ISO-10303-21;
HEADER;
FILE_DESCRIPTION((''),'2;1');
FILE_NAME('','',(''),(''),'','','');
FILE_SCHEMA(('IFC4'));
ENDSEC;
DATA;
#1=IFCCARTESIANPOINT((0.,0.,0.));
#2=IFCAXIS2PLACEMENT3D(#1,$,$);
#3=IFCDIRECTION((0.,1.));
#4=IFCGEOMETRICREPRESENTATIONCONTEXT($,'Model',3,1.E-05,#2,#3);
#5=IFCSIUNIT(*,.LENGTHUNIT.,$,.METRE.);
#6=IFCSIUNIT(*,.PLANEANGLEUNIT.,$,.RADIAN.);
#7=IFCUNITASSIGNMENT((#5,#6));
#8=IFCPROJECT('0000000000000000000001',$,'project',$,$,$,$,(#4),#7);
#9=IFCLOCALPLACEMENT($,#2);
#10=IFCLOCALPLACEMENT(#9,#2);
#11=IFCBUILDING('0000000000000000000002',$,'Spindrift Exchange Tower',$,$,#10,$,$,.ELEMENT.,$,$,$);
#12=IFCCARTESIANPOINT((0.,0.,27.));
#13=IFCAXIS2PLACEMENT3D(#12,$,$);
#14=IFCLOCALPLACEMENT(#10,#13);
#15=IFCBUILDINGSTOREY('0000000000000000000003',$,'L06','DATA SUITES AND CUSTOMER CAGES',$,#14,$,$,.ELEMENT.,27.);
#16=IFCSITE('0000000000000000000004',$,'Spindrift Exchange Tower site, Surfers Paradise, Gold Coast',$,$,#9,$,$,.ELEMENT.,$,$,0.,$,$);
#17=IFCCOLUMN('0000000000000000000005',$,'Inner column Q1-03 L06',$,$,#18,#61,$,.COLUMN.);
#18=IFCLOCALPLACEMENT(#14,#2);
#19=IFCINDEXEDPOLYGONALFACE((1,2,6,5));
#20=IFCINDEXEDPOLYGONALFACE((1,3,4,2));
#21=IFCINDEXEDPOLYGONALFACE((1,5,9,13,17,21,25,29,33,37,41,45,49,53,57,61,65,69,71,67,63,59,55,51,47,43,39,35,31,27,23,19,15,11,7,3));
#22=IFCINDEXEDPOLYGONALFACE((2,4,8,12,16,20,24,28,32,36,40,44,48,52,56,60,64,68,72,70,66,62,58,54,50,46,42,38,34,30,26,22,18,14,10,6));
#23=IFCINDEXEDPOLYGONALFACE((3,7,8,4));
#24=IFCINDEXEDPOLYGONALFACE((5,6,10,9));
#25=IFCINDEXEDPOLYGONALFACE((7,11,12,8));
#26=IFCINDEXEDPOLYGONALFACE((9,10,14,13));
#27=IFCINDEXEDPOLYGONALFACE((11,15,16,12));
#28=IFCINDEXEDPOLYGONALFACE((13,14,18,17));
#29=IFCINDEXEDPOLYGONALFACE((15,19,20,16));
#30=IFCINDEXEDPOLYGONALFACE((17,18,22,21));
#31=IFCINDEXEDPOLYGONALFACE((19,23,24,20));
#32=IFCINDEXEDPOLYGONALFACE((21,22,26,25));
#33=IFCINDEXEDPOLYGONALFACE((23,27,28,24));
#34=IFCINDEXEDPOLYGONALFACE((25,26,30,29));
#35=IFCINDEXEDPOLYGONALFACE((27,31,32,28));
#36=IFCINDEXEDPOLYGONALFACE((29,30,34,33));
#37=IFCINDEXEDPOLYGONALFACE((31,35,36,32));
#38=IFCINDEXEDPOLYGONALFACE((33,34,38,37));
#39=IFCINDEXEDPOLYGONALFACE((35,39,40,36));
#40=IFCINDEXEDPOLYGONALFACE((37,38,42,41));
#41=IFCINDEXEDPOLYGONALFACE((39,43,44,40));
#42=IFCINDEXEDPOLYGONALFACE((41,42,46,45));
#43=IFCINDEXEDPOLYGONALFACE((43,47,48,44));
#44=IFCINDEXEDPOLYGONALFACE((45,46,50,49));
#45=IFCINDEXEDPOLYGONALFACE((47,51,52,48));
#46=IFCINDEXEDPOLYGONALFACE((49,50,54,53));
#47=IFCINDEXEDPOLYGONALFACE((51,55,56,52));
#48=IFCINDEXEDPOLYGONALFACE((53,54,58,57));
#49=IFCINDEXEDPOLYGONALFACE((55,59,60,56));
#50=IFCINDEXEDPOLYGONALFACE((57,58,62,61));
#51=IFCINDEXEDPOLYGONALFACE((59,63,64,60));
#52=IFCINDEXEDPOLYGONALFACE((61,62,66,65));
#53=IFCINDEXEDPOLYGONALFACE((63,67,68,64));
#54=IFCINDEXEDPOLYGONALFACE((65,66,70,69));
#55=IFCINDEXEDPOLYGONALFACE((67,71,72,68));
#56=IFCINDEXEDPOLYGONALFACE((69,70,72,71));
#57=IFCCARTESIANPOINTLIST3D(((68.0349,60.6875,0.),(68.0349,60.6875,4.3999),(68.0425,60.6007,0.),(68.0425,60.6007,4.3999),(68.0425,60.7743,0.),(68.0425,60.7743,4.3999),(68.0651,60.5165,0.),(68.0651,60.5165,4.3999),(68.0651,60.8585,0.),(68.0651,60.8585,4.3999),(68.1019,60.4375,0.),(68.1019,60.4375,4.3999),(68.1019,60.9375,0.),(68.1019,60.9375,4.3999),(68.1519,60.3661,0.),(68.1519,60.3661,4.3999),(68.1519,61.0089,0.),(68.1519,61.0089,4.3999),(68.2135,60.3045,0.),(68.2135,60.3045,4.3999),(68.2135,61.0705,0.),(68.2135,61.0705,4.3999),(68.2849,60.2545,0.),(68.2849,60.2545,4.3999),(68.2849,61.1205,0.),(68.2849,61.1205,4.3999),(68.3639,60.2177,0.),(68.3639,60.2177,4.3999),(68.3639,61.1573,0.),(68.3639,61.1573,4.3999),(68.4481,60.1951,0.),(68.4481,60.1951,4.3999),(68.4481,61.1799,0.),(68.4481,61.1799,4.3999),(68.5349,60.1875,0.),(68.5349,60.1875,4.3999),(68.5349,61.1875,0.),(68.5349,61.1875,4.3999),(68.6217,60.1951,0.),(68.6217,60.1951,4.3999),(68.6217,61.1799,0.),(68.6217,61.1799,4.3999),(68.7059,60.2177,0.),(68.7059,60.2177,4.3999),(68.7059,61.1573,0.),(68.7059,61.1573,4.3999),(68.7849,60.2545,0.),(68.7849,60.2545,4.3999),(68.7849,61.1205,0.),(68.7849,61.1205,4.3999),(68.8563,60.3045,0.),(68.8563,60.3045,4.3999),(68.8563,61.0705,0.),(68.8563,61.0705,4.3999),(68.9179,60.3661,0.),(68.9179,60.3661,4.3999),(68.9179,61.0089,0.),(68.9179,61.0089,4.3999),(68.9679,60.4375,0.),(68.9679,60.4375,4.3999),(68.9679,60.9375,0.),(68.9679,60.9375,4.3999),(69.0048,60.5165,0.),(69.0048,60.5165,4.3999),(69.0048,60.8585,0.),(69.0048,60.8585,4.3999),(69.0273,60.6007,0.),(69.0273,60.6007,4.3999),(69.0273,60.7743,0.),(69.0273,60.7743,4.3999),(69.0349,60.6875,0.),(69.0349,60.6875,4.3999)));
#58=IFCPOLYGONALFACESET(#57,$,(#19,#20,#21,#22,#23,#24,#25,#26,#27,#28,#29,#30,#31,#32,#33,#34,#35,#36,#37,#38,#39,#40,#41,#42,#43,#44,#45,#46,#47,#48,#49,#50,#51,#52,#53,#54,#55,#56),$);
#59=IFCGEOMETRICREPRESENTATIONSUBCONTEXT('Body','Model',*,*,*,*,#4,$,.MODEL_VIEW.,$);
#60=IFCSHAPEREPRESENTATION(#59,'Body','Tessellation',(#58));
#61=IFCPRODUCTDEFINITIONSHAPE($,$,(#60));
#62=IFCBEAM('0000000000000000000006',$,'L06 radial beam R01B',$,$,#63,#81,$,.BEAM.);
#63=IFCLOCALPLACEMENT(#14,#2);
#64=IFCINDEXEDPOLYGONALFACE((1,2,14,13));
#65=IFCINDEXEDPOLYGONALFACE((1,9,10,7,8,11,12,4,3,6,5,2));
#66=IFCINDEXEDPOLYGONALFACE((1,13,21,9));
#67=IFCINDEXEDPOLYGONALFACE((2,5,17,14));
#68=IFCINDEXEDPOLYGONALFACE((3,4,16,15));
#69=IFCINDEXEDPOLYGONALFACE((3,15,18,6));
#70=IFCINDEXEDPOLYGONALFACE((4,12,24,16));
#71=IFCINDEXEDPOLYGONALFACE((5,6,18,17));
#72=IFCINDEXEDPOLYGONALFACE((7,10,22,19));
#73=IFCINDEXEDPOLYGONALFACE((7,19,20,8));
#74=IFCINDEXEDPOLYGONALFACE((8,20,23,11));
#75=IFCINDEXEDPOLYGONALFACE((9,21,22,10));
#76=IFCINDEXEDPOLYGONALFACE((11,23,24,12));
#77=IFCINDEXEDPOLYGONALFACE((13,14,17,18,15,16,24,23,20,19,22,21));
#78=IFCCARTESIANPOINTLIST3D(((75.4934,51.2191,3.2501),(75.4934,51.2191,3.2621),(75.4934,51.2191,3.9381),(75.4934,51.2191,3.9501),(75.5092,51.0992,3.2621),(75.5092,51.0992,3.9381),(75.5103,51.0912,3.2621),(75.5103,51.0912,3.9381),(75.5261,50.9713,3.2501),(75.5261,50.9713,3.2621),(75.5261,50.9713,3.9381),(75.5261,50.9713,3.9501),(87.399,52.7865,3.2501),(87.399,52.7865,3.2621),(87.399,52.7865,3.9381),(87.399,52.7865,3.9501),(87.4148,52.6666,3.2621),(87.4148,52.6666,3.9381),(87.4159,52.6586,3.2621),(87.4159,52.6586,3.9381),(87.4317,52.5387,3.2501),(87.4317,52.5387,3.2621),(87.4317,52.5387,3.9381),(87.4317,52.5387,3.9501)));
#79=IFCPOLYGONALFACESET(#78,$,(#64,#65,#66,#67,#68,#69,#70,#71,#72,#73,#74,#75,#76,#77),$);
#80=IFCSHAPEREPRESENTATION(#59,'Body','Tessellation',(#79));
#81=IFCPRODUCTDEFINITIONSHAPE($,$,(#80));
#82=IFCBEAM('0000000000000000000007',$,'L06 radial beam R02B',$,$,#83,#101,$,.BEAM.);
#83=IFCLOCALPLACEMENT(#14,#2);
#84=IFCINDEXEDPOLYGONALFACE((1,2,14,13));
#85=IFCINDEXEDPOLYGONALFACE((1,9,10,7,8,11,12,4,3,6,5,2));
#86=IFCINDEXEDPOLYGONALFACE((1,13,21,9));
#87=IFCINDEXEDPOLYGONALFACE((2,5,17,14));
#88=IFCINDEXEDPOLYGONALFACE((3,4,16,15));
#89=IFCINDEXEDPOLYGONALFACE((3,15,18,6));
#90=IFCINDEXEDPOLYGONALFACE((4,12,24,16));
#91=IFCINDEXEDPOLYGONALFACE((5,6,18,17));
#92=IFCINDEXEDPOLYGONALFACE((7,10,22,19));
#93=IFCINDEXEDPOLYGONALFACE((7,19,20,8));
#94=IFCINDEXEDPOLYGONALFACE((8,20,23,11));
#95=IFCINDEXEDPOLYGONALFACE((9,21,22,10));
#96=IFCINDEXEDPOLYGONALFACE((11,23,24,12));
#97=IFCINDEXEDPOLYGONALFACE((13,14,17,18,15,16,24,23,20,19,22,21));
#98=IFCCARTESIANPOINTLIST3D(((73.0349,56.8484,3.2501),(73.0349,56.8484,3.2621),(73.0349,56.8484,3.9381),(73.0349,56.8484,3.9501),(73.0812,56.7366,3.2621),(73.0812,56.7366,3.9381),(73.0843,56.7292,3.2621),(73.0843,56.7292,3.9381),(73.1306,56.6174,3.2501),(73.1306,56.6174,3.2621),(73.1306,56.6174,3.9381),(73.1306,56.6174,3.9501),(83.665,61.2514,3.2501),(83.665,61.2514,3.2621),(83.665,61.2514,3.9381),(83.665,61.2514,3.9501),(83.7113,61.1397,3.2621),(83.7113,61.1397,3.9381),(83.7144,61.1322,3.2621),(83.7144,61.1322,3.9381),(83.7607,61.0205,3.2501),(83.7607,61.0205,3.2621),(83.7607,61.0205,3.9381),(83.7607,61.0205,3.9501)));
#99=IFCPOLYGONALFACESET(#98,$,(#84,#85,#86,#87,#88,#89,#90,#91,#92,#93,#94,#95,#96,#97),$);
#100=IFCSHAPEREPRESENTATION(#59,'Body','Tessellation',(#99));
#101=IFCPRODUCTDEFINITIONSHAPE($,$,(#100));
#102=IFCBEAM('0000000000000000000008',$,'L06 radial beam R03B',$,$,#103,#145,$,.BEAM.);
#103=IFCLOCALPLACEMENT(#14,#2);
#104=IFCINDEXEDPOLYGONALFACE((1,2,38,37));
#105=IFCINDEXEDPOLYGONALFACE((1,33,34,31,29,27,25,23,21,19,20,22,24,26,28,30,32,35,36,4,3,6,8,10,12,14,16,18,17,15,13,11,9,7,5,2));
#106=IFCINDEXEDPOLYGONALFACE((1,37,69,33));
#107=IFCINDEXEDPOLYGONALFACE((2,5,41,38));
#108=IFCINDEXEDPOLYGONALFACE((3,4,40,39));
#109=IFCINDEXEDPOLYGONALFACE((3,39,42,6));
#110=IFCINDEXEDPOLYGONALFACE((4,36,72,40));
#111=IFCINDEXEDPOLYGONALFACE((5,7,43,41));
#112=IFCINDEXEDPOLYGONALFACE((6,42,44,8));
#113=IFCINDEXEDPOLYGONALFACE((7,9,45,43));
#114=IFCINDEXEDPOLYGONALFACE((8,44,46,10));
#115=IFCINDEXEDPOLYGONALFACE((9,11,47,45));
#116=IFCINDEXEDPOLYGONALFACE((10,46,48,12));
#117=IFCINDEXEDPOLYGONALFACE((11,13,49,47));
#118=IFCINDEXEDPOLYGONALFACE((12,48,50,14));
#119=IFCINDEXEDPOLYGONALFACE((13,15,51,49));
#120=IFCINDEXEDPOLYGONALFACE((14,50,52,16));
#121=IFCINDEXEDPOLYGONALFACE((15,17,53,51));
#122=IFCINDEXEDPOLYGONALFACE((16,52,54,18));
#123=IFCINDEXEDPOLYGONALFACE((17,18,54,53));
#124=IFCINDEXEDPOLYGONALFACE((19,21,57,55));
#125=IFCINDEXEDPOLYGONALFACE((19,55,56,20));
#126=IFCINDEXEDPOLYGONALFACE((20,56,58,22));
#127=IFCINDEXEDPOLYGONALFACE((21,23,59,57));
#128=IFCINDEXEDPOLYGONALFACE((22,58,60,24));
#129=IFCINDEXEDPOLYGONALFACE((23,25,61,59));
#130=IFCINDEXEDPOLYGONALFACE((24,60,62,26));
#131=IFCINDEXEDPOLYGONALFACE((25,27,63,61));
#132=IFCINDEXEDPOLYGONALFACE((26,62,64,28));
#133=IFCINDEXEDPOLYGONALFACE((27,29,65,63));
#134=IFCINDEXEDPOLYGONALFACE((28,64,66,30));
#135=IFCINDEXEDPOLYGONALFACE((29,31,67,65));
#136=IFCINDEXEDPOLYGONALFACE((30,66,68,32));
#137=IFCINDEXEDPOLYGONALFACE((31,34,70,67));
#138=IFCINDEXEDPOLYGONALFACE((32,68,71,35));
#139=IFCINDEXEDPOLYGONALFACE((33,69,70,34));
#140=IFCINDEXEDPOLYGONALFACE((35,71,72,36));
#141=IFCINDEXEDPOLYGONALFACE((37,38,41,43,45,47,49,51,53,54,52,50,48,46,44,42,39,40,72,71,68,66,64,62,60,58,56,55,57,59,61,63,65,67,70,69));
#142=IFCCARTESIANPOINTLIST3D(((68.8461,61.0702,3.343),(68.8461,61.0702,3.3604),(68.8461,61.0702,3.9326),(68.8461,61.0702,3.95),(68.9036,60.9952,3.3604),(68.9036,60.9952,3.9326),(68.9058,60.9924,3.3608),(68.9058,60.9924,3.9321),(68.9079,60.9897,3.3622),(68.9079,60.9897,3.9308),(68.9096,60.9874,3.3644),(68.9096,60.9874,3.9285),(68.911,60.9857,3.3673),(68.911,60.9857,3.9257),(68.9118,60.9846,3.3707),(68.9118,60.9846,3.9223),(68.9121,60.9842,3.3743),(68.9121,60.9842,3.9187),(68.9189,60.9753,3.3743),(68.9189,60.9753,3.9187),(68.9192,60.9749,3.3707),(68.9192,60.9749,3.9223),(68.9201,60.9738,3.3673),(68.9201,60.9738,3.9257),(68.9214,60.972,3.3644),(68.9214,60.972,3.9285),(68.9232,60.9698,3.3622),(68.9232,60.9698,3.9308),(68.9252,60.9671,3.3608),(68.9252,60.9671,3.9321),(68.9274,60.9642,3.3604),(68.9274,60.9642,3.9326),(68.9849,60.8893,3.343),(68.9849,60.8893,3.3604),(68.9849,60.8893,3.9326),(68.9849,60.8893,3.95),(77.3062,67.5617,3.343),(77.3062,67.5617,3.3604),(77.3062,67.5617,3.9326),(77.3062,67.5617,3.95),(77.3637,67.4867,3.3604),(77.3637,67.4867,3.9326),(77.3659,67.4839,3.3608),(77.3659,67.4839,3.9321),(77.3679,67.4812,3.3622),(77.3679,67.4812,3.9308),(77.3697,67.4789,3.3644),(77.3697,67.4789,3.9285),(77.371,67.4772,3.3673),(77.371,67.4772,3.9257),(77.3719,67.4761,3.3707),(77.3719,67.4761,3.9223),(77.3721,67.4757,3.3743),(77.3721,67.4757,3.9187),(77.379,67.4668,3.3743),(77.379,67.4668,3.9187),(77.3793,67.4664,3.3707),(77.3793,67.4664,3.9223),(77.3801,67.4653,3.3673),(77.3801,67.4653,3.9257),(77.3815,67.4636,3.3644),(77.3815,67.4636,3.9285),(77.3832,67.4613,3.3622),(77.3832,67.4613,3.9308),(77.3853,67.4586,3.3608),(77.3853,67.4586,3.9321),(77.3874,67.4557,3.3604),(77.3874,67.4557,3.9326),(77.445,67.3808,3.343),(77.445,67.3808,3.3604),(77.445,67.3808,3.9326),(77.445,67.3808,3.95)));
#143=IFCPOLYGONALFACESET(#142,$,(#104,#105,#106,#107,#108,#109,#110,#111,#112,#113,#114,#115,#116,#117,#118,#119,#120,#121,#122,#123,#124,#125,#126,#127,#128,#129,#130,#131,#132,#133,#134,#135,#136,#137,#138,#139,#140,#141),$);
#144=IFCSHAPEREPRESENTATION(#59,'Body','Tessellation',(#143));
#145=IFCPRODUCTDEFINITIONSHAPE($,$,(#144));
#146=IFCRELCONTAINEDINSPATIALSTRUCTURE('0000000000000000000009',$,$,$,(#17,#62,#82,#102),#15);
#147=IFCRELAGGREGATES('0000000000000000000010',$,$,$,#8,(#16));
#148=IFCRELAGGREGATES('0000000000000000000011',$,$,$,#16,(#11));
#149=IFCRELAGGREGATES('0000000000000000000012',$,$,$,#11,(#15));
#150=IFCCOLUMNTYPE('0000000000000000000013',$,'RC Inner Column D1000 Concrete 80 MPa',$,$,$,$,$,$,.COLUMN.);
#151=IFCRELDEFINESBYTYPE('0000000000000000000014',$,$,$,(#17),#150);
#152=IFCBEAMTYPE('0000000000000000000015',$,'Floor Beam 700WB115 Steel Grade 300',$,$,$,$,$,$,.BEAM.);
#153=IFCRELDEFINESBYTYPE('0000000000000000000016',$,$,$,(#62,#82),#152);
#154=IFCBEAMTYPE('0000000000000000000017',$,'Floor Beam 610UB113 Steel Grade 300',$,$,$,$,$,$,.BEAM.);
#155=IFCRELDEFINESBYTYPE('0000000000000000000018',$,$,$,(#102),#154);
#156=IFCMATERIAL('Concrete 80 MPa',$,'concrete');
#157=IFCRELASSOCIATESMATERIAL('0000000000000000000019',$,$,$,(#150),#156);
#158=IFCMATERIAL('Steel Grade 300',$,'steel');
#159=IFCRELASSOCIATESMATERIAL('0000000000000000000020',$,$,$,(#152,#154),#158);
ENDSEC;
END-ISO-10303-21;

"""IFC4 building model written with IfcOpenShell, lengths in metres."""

from ifc_helpers import new_model, si_unit, direction, frame, origin, origin_2d, place, context, subcontext, project, spatial, circle, i_section, extrude, source, transform, mapped, material, material_profile, profile_set, type_object, element, save


model = new_model("IFC4")

# Units and contexts
model_context = context("Model", 3, precision=1e-05, world=origin(), true_north=direction((0.0, 1.0)))
body_context = subcontext(model_context, "Body", "Model", "MODEL_VIEW")
ifc_project = project(units=[si_unit("LENGTHUNIT", "METRE"), si_unit("PLANEANGLEUNIT", "RADIAN")], contexts=[model_context])

# Site, building, storey
site_placement = place(None, origin())
site = spatial("IfcSite", under=ifc_project, at=site_placement, Name="Spindrift Exchange Tower site, Surfers Paradise, Gold Coast", CompositionType="ELEMENT", RefElevation=0.0)
building_placement = place(site_placement, origin())
building = spatial("IfcBuilding", under=site, at=building_placement, Name="Spindrift Exchange Tower", CompositionType="ELEMENT")
storey_placement = place(building_placement, frame((0.0, 0.0, 27.0)))
storey = spatial("IfcBuildingStorey", under=building, at=storey_placement, Name="L06", Description="DATA SUITES AND CUSTOMER CAGES", CompositionType="ELEMENT", Elevation=27.0)

# Column
ifc_material_1 = material(Name="Concrete 80 MPa", Category="concrete")
ifc_material_profile_1 = material_profile(ifc_material_1, circle(Radius=0.5, at=origin_2d()), Name="RC D1000")
ifc_profile_set_1 = profile_set([ifc_material_profile_1], Name="Concrete 80 MPa")
column_type_1 = type_object("IfcColumnType", Name="RC Inner Column D1000 Concrete 80 MPa", PredefinedType="COLUMN", material=ifc_profile_set_1)
shared_shape_1 = source(origin(), body_context, "Body", "SweptSolid", [
    extrude(circle(Radius=0.5, at=origin_2d()), origin(), (0.0, 0.0, 1.0), 4.3999),
])
for number, where, z_axis, x_axis, name in (
    (1, (68.5349, 60.6875, 0.0), (0.0, 0.0, 1.0), (1.0, 0.0, 0.0), "Inner column Q1-03 L06"),
):
    element("IfcColumn", number, at=place(storey_placement, frame(where, z_axis=z_axis, x_axis=x_axis)), inside=storey, type_object=column_type_1, Name=name, PredefinedType="COLUMN", context=body_context, shape_type="MappedRepresentation", body=[
        mapped(shared_shape_1, transform((0.0, 0.0, 0.0), scale=1.0)),
    ])

# Beams
ifc_material_2 = material(Name="Steel Grade 300", Category="steel")
ifc_material_profile_2 = material_profile(ifc_material_2, i_section(OverallWidth=0.25, OverallDepth=0.7, WebThickness=0.0081, FlangeThickness=0.012, at=origin_2d()), Name="700WB115")
ifc_profile_set_2 = profile_set([ifc_material_profile_2], Name="Steel Grade 300")
beam_type_1 = type_object("IfcBeamType", Name="Floor Beam 700WB115 Steel Grade 300", PredefinedType="BEAM", material=ifc_profile_set_2)
shared_shape_2 = source(origin(), body_context, "Body", "SweptSolid", [
    extrude(i_section(OverallWidth=0.25, OverallDepth=0.7, WebThickness=0.0081, FlangeThickness=0.012, at=origin_2d()), origin(), (0.0, 0.0, 1.0), 12.0083),
])
beam_1_placement = place(storey_placement, frame((75.5098, 51.0952, 3.6001), z_axis=(0.991445, 0.130526, 0.0), x_axis=(-0.130526, 0.991445, 0.0)))
element("IfcBeam", 2, at=beam_1_placement, inside=storey, type_object=beam_type_1, Name="L06 radial beam R01B", PredefinedType="BEAM", context=body_context, shape_type="MappedRepresentation", body=[
    mapped(shared_shape_2, transform((0.0, 0.0, 0.0), scale=1.0)),
])
shared_shape_3 = source(origin(), body_context, "Body", "SweptSolid", [
    extrude(i_section(OverallWidth=0.25, OverallDepth=0.7, WebThickness=0.0081, FlangeThickness=0.012, at=origin_2d()), origin(), (0.0, 0.0, 1.0), 11.5059),
])
beam_2_placement = place(storey_placement, frame((73.0828, 56.7329, 3.6001), z_axis=(0.923882, 0.382678, 0.0), x_axis=(-0.382678, 0.923882, 0.0)))
element("IfcBeam", 3, at=beam_2_placement, inside=storey, type_object=beam_type_1, Name="L06 radial beam R02B", PredefinedType="BEAM", context=body_context, shape_type="MappedRepresentation", body=[
    mapped(shared_shape_3, transform((0.0, 0.0, 0.0), scale=1.0)),
])
ifc_material_profile_3 = material_profile(ifc_material_2, i_section(OverallWidth=0.228, OverallDepth=0.6069, WebThickness=0.0112, FlangeThickness=0.0173, FilletRadius=0.0139, at=origin_2d()), Name="610UB113")
ifc_profile_set_3 = profile_set([ifc_material_profile_3], Name="Steel Grade 300")
beam_type_2 = type_object("IfcBeamType", Name="Floor Beam 610UB113 Steel Grade 300", PredefinedType="BEAM", material=ifc_profile_set_3)
shared_shape_4 = source(origin(), body_context, "Body", "SweptSolid", [
    extrude(i_section(OverallWidth=0.228, OverallDepth=0.6069, WebThickness=0.0112, FlangeThickness=0.0173, FilletRadius=0.0139, at=origin_2d()), origin(), (0.0, 0.0, 1.0), 10.6636),
])
beam_3_placement = place(storey_placement, frame((68.9155, 60.9797, 3.6465), z_axis=(0.793358, 0.608755, 0.0), x_axis=(-0.608755, 0.793358, 0.0)))
element("IfcBeam", 4, at=beam_3_placement, inside=storey, type_object=beam_type_2, Name="L06 radial beam R03B", PredefinedType="BEAM", context=body_context, shape_type="MappedRepresentation", body=[
    mapped(shared_shape_4, transform((0.0, 0.0, 0.0), scale=1.0)),
])

save(model, "model.ifc")
